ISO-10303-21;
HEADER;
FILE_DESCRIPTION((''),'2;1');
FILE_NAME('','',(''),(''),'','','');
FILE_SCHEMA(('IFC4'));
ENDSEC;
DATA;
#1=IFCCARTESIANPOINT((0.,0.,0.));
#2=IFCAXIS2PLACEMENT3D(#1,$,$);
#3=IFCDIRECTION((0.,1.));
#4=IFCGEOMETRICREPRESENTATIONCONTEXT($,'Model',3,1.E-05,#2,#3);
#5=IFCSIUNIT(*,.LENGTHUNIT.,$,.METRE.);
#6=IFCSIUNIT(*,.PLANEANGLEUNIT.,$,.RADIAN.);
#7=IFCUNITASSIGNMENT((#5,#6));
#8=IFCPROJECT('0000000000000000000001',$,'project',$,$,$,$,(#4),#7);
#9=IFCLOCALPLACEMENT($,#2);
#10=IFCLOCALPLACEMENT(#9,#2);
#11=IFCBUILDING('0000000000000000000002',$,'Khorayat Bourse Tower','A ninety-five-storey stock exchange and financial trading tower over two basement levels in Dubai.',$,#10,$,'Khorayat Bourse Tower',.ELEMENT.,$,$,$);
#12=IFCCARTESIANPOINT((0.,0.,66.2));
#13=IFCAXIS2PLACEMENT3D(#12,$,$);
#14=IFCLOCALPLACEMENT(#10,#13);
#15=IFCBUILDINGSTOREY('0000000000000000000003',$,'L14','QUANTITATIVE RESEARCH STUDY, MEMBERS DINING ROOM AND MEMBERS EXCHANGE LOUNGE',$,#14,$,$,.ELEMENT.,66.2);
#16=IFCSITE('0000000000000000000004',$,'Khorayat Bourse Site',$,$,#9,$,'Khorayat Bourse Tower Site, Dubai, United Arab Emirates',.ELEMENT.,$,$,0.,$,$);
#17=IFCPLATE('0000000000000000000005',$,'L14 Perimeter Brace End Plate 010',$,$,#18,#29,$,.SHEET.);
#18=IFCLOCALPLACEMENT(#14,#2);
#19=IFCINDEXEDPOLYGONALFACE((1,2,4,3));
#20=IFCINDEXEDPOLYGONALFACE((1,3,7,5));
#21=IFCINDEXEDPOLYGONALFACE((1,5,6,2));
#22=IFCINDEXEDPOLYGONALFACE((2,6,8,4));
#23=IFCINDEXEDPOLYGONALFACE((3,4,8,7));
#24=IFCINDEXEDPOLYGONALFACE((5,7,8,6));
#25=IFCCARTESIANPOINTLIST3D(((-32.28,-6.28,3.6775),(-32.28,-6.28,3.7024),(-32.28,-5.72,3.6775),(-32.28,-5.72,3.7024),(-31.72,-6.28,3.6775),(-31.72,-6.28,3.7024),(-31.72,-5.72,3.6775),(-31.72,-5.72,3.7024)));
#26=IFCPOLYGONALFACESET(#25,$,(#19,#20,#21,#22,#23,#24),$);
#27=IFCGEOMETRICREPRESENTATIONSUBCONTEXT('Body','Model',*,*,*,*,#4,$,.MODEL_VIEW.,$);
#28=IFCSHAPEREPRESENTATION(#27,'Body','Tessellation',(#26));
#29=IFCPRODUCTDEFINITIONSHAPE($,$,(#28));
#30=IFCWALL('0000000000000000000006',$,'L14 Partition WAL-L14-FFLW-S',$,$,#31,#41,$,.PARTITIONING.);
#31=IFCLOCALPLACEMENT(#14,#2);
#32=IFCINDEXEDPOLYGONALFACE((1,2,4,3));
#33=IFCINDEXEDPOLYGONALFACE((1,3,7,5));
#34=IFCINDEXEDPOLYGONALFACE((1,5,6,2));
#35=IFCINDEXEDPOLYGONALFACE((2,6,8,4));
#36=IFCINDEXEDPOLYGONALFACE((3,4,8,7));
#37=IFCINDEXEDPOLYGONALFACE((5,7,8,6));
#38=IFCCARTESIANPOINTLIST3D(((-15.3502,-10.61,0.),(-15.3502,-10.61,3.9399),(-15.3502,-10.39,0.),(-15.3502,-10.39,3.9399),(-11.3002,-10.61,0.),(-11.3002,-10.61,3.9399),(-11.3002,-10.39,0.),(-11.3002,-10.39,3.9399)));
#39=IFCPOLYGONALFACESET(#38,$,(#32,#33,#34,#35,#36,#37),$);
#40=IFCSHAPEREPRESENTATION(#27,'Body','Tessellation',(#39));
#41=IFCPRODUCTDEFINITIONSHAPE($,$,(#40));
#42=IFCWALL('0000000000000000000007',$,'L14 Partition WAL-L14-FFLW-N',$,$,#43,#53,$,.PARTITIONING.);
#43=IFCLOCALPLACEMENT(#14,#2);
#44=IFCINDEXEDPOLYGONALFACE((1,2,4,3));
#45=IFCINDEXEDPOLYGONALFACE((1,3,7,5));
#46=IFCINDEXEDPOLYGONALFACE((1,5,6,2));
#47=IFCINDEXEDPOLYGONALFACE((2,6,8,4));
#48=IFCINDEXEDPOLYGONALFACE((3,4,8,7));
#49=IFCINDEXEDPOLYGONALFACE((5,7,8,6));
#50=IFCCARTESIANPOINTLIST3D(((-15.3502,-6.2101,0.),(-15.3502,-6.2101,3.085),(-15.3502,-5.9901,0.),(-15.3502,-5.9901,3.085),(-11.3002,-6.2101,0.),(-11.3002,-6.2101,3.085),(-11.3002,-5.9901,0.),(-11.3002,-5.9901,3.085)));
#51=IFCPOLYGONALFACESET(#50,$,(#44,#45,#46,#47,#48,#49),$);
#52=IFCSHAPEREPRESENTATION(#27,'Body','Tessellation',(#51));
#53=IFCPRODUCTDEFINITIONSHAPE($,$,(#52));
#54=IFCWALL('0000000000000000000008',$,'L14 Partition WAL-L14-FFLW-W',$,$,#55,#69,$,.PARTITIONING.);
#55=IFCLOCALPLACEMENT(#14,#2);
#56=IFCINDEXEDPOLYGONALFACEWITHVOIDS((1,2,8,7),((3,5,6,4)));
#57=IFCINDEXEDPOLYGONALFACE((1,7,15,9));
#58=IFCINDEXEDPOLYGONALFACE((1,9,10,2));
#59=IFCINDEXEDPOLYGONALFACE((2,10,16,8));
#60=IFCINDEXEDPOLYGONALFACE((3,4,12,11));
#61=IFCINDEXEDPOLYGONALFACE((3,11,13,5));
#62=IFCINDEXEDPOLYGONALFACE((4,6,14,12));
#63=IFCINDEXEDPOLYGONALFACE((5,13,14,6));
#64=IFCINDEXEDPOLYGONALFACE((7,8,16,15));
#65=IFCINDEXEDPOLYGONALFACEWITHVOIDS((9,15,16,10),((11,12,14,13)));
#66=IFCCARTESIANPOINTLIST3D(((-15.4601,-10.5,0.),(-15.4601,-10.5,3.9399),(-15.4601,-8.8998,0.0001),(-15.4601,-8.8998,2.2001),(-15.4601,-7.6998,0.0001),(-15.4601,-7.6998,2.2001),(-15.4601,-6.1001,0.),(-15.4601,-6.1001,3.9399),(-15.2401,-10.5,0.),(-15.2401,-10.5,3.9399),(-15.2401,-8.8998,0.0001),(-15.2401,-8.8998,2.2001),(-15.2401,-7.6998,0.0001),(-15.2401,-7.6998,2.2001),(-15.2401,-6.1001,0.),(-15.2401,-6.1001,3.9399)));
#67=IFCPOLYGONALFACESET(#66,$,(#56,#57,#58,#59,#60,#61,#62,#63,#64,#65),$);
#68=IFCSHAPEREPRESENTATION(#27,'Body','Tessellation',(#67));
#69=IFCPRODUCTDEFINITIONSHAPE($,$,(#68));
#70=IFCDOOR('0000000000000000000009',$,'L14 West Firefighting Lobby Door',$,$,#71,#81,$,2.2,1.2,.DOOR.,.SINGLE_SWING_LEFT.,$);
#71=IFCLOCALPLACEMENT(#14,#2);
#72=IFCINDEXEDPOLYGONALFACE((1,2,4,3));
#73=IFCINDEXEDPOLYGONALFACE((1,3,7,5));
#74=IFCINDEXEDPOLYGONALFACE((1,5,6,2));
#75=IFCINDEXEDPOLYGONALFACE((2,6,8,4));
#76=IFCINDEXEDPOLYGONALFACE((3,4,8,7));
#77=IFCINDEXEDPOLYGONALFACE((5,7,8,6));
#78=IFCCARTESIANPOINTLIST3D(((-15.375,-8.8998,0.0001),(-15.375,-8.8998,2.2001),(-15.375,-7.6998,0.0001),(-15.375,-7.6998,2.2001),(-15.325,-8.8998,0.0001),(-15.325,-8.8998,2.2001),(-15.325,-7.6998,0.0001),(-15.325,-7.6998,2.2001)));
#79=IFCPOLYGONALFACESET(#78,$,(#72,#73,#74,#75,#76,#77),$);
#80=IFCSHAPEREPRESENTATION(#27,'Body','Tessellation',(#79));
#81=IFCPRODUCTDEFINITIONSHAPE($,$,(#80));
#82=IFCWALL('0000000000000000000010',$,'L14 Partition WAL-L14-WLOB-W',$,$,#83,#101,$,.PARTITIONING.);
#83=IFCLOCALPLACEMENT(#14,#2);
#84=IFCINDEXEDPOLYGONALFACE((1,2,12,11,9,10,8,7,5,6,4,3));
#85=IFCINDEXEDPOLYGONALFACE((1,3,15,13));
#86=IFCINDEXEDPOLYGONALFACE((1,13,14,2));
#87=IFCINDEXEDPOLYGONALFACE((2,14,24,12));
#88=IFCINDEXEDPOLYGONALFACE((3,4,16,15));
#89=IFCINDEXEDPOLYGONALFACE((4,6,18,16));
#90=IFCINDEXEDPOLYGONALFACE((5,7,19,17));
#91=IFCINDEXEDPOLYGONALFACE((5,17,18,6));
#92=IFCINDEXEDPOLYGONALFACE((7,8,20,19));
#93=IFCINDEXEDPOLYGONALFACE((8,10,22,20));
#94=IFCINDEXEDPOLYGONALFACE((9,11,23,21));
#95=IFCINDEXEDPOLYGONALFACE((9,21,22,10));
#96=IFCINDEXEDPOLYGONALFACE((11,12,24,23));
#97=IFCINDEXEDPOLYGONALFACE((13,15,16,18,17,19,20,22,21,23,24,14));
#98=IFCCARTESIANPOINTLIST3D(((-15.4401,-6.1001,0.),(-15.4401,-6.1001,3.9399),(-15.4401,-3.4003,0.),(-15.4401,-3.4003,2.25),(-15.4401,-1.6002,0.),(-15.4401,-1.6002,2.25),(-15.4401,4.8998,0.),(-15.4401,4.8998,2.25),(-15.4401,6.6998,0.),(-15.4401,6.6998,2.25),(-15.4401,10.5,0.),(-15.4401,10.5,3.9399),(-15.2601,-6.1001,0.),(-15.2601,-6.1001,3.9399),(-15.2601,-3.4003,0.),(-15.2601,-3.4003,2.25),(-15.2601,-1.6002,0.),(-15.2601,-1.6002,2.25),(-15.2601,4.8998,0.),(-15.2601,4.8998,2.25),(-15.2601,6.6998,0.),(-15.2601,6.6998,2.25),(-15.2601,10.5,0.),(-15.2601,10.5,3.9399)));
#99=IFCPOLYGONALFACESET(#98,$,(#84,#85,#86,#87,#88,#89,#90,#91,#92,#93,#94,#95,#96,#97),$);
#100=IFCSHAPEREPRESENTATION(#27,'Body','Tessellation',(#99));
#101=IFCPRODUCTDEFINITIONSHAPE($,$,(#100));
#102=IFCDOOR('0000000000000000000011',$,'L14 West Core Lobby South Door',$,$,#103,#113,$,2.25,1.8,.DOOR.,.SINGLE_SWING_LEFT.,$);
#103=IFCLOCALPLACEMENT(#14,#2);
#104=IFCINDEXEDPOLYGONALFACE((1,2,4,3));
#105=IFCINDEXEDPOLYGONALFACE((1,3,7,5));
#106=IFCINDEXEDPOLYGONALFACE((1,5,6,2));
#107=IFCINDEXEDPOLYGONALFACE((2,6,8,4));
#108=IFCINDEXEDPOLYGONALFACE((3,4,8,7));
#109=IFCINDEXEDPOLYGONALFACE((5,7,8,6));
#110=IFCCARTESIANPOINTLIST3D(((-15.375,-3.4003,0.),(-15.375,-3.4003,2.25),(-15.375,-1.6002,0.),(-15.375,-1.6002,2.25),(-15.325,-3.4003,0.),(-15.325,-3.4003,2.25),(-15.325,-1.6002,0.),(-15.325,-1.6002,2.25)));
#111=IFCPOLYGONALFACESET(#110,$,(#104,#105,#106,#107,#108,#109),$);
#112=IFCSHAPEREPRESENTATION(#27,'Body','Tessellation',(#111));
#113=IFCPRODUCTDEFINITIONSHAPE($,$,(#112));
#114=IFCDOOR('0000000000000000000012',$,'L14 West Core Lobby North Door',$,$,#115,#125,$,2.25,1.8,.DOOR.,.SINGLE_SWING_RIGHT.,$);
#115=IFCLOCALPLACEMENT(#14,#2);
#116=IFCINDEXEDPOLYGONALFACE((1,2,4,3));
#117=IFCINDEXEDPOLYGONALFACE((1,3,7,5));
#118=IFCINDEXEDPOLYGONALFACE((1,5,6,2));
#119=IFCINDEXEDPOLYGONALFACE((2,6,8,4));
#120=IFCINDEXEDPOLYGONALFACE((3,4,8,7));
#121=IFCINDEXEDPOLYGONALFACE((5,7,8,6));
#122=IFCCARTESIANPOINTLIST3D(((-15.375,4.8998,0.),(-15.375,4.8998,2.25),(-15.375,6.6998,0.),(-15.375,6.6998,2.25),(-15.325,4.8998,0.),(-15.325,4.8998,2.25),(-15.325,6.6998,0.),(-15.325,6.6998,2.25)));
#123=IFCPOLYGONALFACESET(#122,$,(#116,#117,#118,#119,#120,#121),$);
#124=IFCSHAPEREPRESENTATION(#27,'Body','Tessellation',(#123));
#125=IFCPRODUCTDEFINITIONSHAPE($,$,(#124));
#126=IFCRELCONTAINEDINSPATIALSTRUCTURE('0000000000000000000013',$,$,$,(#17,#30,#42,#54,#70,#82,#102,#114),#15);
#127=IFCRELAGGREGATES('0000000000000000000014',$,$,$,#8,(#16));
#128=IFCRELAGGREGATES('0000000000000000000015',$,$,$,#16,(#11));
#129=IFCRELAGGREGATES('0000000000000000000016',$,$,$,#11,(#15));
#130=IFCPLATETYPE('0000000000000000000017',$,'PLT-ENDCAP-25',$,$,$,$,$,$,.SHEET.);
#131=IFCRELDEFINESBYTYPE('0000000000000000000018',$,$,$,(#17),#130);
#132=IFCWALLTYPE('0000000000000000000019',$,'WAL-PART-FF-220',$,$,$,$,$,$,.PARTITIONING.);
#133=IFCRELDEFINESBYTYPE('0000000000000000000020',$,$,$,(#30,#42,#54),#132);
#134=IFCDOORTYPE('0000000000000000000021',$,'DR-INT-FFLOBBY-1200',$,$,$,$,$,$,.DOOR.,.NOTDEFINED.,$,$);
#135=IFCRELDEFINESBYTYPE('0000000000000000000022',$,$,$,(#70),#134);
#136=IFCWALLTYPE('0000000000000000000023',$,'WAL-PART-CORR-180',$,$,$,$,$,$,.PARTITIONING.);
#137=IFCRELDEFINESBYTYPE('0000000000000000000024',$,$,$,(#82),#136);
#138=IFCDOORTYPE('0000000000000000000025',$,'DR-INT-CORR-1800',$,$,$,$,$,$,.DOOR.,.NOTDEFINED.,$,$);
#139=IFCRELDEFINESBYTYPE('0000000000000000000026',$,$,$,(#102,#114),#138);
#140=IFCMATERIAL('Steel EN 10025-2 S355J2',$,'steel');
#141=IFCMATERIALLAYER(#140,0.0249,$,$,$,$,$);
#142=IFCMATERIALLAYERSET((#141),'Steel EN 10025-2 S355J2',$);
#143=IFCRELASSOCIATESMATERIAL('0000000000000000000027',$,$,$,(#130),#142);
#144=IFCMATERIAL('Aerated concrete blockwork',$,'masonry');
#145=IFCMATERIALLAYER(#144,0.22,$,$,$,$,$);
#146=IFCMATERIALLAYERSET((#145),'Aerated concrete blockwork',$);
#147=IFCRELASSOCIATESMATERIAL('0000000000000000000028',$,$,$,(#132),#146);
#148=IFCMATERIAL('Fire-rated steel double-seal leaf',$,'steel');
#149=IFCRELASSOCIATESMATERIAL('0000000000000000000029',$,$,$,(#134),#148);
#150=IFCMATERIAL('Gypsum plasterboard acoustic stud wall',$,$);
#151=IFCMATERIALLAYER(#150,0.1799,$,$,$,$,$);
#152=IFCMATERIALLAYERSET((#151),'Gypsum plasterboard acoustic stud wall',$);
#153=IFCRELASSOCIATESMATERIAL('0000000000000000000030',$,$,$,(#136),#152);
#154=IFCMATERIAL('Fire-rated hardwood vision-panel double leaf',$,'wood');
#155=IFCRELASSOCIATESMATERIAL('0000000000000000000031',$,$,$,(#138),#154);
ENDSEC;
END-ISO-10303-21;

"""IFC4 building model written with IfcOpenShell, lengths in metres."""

from ifc_helpers import new_model, si_unit, direction, frame, frame_2d, origin, origin_2d, place, context, subcontext, project, spatial, rectangle, extrude, source, transform, mapped, material, layer, layer_set, type_object, element, fill, save


model = new_model("IFC4")

# Units and contexts
model_context = context("Model", 3, precision=1e-05, world=origin(), true_north=direction((0.0, 1.0)))
body_context = subcontext(model_context, "Body", "Model", "MODEL_VIEW")
ifc_project = project(units=[si_unit("LENGTHUNIT", "METRE"), si_unit("PLANEANGLEUNIT", "RADIAN")], contexts=[model_context])

# Site, building, storey
site_placement = place(None, origin())
site = spatial("IfcSite", under=ifc_project, at=site_placement, Name="Khorayat Bourse Site", LongName="Khorayat Bourse Tower Site, Dubai, United Arab Emirates", CompositionType="ELEMENT", RefElevation=0.0)
building_placement = place(site_placement, origin())
building = spatial("IfcBuilding", under=site, at=building_placement, Name="Khorayat Bourse Tower", Description="A ninety-five-storey stock exchange and financial trading tower over two basement levels in Dubai.", LongName="Khorayat Bourse Tower", CompositionType="ELEMENT")
storey_placement = place(building_placement, frame((0.0, 0.0, 66.2)))
storey = spatial("IfcBuildingStorey", under=building, at=storey_placement, Name="L14", Description="QUANTITATIVE RESEARCH STUDY, MEMBERS DINING ROOM AND MEMBERS EXCHANGE LOUNGE", CompositionType="ELEMENT", Elevation=66.2)

# Plate
ifc_material_1 = material(Name="Steel EN 10025-2 S355J2", Category="steel")
ifc_layer_1 = layer(ifc_material_1, 0.0249)
ifc_layer_set_1 = layer_set([ifc_layer_1], Name="Steel EN 10025-2 S355J2")
plate_type = type_object("IfcPlateType", Name="PLT-ENDCAP-25", PredefinedType="SHEET", material=ifc_layer_set_1)
shared_shape_1 = source(origin(), body_context, "Body", "SweptSolid", [
    extrude(rectangle(XDim=0.5601, YDim=0.5601, at=origin_2d()), origin(), (0.0, 0.0, 1.0), 0.0249),
])
plate_placement = place(storey_placement, frame((-32.0, -6.0, 3.6775), z_axis=(0.0, 0.0, 1.0), x_axis=(1.0, 0.0, 0.0)))
element("IfcPlate", 1, at=plate_placement, inside=storey, type_object=plate_type, Name="L14 Perimeter Brace End Plate 010", PredefinedType="SHEET", context=body_context, shape_type="MappedRepresentation", body=[
    mapped(shared_shape_1, transform((0.0, 0.0, 0.0), scale=1.0)),
])

# Walls
ifc_material_2 = material(Name="Aerated concrete blockwork", Category="masonry")
ifc_layer_2 = layer(ifc_material_2, 0.22)
ifc_layer_set_2 = layer_set([ifc_layer_2], Name="Aerated concrete blockwork")
wall_type_1 = type_object("IfcWallType", Name="WAL-PART-FF-220", PredefinedType="PARTITIONING", material=ifc_layer_set_2)
shared_shape_2 = source(origin(), body_context, "Body", "SweptSolid", [
    extrude(rectangle(XDim=4.05, YDim=0.22, at=frame_2d((2.0249, 0.0))), origin(), (0.0, 0.0, 1.0), 3.9399),
])
wall_1_placement = place(storey_placement, frame((-15.3501, -10.5, 0.0), z_axis=(0.0, 0.0, 1.0), x_axis=(1.0, 0.0, 0.0)))
element("IfcWall", 2, at=wall_1_placement, inside=storey, type_object=wall_type_1, Name="L14 Partition WAL-L14-FFLW-S", PredefinedType="PARTITIONING", context=body_context, shape_type="MappedRepresentation", body=[
    mapped(shared_shape_2, transform((0.0, 0.0, 0.0), scale=1.0)),
])
shared_shape_3 = source(origin(), body_context, "Body", "SweptSolid", [
    extrude(rectangle(XDim=4.05, YDim=0.22, at=frame_2d((2.0249, 0.0))), origin(), (0.0, 0.0, 1.0), 3.085),
])
wall_2_placement = place(storey_placement, frame((-15.3501, -6.1001, 0.0), z_axis=(0.0, 0.0, 1.0), x_axis=(1.0, 0.0, 0.0)))
element("IfcWall", 3, at=wall_2_placement, inside=storey, type_object=wall_type_1, Name="L14 Partition WAL-L14-FFLW-N", PredefinedType="PARTITIONING", context=body_context, shape_type="MappedRepresentation", body=[
    mapped(shared_shape_3, transform((0.0, 0.0, 0.0), scale=1.0)),
])

# Wall, opening, door
shared_shape_4 = source(origin(), body_context, "Body", "SweptSolid", [
    extrude(rectangle(XDim=4.3999, YDim=0.22, at=frame_2d((2.2, 0.0))), origin(), (0.0, 0.0, 1.0), 3.9399),
])
wall_3_placement = place(storey_placement, frame((-15.3501, -10.5, 0.0), z_axis=(0.0, 0.0, 1.0), x_axis=(0.0, 1.0, 0.0)))
wall_3 = element("IfcWall", 4, at=wall_3_placement, inside=storey, type_object=wall_type_1, Name="L14 Partition WAL-L14-FFLW-W", PredefinedType="PARTITIONING", context=body_context, shape_type="MappedRepresentation", body=[
    mapped(shared_shape_4, transform((0.0, 0.0, 0.0), scale=1.0)),
])
shared_shape_5 = source(origin(), body_context, "Body", "SweptSolid", [
    extrude(rectangle(XDim=1.2, YDim=2.2, at=frame_2d((0.6001, 1.1001))), frame((0.0, 0.1199, 0.0), z_axis=(0.0, -1.0, 0.0), x_axis=(1.0, 0.0, 0.0)), (0.0, 0.0, 1.0), 0.24),
])
opening_1_placement = place(wall_3_placement, frame((1.6001, 0.0, 0.0)))
opening_1 = element("IfcOpeningElement", 5, at=opening_1_placement, cuts=wall_3, PredefinedType="OPENING", context=body_context, shape_type="MappedRepresentation", body=[
    mapped(shared_shape_5, transform((0.0, 0.0, 0.0), scale=1.0)),
])
ifc_material_3 = material(Name="Fire-rated steel double-seal leaf", Category="steel")
door_type_1 = type_object("IfcDoorType", Name="DR-INT-FFLOBBY-1200", OperationType="NOTDEFINED", PredefinedType="DOOR", material=ifc_material_3)
shared_shape_6 = source(origin(), body_context, "Body", "SweptSolid", [
    extrude(rectangle(XDim=1.2, YDim=2.2, at=frame_2d((0.6001, 1.1001))), frame((0.0, 0.0249, 0.0), z_axis=(0.0, -1.0, 0.0), x_axis=(1.0, 0.0, 0.0)), (0.0, 0.0, 1.0), 0.05),
])
door_1_placement = place(opening_1_placement, origin())
door_1 = element("IfcDoor", 6, at=door_1_placement, inside=storey, type_object=door_type_1, Name="L14 West Firefighting Lobby Door", OperationType="SINGLE_SWING_LEFT", OverallHeight=2.2, OverallWidth=1.2, PredefinedType="DOOR", context=body_context, shape_type="MappedRepresentation", body=[
    mapped(shared_shape_6, transform((0.0, 0.0, 0.0), scale=1.0)),
])
fill(opening_1, door_1)

# Wall, openings, doors
ifc_material_4 = material(Name="Gypsum plasterboard acoustic stud wall")
ifc_layer_3 = layer(ifc_material_4, 0.1799)
ifc_layer_set_3 = layer_set([ifc_layer_3], Name="Gypsum plasterboard acoustic stud wall")
wall_type_2 = type_object("IfcWallType", Name="WAL-PART-CORR-180", PredefinedType="PARTITIONING", material=ifc_layer_set_3)
shared_shape_7 = source(origin(), body_context, "Body", "SweptSolid", [
    extrude(rectangle(XDim=16.6001, YDim=0.1799, at=frame_2d((8.3, 0.0))), origin(), (0.0, 0.0, 1.0), 3.9399),
])
wall_4_placement = place(storey_placement, frame((-15.3501, -6.1001, 0.0), z_axis=(0.0, 0.0, 1.0), x_axis=(0.0, 1.0, 0.0)))
wall_4 = element("IfcWall", 7, at=wall_4_placement, inside=storey, type_object=wall_type_2, Name="L14 Partition WAL-L14-WLOB-W", PredefinedType="PARTITIONING", context=body_context, shape_type="MappedRepresentation", body=[
    mapped(shared_shape_7, transform((0.0, 0.0, 0.0), scale=1.0)),
])
shared_shape_8 = source(origin(), body_context, "Body", "SweptSolid", [
    extrude(rectangle(XDim=1.8, YDim=2.25, at=frame_2d((0.8999, 1.125))), frame((0.0, 0.0999, 0.0), z_axis=(0.0, -1.0, 0.0), x_axis=(1.0, 0.0, 0.0)), (0.0, 0.0, 1.0), 0.2),
])
opening_2_placement = place(wall_4_placement, frame((2.7, 0.0, 0.0)))
opening_2 = element("IfcOpeningElement", 8, at=opening_2_placement, cuts=wall_4, PredefinedType="OPENING", context=body_context, shape_type="MappedRepresentation", body=[
    mapped(shared_shape_8, transform((0.0, 0.0, 0.0), scale=1.0)),
])
opening_3_placement = place(wall_4_placement, frame((11.0, 0.0, 0.0)))
opening_3 = element("IfcOpeningElement", 9, at=opening_3_placement, cuts=wall_4, PredefinedType="OPENING", context=body_context, shape_type="MappedRepresentation", body=[
    mapped(shared_shape_8, transform((0.0, 0.0, 0.0), scale=1.0)),
])
ifc_material_5 = material(Name="Fire-rated hardwood vision-panel double leaf", Category="wood")
door_type_2 = type_object("IfcDoorType", Name="DR-INT-CORR-1800", OperationType="NOTDEFINED", PredefinedType="DOOR", material=ifc_material_5)
shared_shape_9 = source(origin(), body_context, "Body", "SweptSolid", [
    extrude(rectangle(XDim=1.8, YDim=2.25, at=frame_2d((0.8999, 1.125))), frame((0.0, 0.0249, 0.0), z_axis=(0.0, -1.0, 0.0), x_axis=(1.0, 0.0, 0.0)), (0.0, 0.0, 1.0), 0.05),
])
door_2_placement = place(opening_2_placement, origin())
door_2 = element("IfcDoor", 10, at=door_2_placement, inside=storey, type_object=door_type_2, Name="L14 West Core Lobby South Door", OperationType="SINGLE_SWING_LEFT", OverallHeight=2.25, OverallWidth=1.8, PredefinedType="DOOR", context=body_context, shape_type="MappedRepresentation", body=[
    mapped(shared_shape_9, transform((0.0, 0.0, 0.0), scale=1.0)),
])
fill(opening_2, door_2)
door_3_placement = place(opening_3_placement, origin())
door_3 = element("IfcDoor", 11, at=door_3_placement, inside=storey, type_object=door_type_2, Name="L14 West Core Lobby North Door", OperationType="SINGLE_SWING_RIGHT", OverallHeight=2.25, OverallWidth=1.8, PredefinedType="DOOR", context=body_context, shape_type="MappedRepresentation", body=[
    mapped(shared_shape_9, transform((0.0, 0.0, 0.0), scale=1.0)),
])
fill(opening_3, door_3)

save(model, "model.ifc")
